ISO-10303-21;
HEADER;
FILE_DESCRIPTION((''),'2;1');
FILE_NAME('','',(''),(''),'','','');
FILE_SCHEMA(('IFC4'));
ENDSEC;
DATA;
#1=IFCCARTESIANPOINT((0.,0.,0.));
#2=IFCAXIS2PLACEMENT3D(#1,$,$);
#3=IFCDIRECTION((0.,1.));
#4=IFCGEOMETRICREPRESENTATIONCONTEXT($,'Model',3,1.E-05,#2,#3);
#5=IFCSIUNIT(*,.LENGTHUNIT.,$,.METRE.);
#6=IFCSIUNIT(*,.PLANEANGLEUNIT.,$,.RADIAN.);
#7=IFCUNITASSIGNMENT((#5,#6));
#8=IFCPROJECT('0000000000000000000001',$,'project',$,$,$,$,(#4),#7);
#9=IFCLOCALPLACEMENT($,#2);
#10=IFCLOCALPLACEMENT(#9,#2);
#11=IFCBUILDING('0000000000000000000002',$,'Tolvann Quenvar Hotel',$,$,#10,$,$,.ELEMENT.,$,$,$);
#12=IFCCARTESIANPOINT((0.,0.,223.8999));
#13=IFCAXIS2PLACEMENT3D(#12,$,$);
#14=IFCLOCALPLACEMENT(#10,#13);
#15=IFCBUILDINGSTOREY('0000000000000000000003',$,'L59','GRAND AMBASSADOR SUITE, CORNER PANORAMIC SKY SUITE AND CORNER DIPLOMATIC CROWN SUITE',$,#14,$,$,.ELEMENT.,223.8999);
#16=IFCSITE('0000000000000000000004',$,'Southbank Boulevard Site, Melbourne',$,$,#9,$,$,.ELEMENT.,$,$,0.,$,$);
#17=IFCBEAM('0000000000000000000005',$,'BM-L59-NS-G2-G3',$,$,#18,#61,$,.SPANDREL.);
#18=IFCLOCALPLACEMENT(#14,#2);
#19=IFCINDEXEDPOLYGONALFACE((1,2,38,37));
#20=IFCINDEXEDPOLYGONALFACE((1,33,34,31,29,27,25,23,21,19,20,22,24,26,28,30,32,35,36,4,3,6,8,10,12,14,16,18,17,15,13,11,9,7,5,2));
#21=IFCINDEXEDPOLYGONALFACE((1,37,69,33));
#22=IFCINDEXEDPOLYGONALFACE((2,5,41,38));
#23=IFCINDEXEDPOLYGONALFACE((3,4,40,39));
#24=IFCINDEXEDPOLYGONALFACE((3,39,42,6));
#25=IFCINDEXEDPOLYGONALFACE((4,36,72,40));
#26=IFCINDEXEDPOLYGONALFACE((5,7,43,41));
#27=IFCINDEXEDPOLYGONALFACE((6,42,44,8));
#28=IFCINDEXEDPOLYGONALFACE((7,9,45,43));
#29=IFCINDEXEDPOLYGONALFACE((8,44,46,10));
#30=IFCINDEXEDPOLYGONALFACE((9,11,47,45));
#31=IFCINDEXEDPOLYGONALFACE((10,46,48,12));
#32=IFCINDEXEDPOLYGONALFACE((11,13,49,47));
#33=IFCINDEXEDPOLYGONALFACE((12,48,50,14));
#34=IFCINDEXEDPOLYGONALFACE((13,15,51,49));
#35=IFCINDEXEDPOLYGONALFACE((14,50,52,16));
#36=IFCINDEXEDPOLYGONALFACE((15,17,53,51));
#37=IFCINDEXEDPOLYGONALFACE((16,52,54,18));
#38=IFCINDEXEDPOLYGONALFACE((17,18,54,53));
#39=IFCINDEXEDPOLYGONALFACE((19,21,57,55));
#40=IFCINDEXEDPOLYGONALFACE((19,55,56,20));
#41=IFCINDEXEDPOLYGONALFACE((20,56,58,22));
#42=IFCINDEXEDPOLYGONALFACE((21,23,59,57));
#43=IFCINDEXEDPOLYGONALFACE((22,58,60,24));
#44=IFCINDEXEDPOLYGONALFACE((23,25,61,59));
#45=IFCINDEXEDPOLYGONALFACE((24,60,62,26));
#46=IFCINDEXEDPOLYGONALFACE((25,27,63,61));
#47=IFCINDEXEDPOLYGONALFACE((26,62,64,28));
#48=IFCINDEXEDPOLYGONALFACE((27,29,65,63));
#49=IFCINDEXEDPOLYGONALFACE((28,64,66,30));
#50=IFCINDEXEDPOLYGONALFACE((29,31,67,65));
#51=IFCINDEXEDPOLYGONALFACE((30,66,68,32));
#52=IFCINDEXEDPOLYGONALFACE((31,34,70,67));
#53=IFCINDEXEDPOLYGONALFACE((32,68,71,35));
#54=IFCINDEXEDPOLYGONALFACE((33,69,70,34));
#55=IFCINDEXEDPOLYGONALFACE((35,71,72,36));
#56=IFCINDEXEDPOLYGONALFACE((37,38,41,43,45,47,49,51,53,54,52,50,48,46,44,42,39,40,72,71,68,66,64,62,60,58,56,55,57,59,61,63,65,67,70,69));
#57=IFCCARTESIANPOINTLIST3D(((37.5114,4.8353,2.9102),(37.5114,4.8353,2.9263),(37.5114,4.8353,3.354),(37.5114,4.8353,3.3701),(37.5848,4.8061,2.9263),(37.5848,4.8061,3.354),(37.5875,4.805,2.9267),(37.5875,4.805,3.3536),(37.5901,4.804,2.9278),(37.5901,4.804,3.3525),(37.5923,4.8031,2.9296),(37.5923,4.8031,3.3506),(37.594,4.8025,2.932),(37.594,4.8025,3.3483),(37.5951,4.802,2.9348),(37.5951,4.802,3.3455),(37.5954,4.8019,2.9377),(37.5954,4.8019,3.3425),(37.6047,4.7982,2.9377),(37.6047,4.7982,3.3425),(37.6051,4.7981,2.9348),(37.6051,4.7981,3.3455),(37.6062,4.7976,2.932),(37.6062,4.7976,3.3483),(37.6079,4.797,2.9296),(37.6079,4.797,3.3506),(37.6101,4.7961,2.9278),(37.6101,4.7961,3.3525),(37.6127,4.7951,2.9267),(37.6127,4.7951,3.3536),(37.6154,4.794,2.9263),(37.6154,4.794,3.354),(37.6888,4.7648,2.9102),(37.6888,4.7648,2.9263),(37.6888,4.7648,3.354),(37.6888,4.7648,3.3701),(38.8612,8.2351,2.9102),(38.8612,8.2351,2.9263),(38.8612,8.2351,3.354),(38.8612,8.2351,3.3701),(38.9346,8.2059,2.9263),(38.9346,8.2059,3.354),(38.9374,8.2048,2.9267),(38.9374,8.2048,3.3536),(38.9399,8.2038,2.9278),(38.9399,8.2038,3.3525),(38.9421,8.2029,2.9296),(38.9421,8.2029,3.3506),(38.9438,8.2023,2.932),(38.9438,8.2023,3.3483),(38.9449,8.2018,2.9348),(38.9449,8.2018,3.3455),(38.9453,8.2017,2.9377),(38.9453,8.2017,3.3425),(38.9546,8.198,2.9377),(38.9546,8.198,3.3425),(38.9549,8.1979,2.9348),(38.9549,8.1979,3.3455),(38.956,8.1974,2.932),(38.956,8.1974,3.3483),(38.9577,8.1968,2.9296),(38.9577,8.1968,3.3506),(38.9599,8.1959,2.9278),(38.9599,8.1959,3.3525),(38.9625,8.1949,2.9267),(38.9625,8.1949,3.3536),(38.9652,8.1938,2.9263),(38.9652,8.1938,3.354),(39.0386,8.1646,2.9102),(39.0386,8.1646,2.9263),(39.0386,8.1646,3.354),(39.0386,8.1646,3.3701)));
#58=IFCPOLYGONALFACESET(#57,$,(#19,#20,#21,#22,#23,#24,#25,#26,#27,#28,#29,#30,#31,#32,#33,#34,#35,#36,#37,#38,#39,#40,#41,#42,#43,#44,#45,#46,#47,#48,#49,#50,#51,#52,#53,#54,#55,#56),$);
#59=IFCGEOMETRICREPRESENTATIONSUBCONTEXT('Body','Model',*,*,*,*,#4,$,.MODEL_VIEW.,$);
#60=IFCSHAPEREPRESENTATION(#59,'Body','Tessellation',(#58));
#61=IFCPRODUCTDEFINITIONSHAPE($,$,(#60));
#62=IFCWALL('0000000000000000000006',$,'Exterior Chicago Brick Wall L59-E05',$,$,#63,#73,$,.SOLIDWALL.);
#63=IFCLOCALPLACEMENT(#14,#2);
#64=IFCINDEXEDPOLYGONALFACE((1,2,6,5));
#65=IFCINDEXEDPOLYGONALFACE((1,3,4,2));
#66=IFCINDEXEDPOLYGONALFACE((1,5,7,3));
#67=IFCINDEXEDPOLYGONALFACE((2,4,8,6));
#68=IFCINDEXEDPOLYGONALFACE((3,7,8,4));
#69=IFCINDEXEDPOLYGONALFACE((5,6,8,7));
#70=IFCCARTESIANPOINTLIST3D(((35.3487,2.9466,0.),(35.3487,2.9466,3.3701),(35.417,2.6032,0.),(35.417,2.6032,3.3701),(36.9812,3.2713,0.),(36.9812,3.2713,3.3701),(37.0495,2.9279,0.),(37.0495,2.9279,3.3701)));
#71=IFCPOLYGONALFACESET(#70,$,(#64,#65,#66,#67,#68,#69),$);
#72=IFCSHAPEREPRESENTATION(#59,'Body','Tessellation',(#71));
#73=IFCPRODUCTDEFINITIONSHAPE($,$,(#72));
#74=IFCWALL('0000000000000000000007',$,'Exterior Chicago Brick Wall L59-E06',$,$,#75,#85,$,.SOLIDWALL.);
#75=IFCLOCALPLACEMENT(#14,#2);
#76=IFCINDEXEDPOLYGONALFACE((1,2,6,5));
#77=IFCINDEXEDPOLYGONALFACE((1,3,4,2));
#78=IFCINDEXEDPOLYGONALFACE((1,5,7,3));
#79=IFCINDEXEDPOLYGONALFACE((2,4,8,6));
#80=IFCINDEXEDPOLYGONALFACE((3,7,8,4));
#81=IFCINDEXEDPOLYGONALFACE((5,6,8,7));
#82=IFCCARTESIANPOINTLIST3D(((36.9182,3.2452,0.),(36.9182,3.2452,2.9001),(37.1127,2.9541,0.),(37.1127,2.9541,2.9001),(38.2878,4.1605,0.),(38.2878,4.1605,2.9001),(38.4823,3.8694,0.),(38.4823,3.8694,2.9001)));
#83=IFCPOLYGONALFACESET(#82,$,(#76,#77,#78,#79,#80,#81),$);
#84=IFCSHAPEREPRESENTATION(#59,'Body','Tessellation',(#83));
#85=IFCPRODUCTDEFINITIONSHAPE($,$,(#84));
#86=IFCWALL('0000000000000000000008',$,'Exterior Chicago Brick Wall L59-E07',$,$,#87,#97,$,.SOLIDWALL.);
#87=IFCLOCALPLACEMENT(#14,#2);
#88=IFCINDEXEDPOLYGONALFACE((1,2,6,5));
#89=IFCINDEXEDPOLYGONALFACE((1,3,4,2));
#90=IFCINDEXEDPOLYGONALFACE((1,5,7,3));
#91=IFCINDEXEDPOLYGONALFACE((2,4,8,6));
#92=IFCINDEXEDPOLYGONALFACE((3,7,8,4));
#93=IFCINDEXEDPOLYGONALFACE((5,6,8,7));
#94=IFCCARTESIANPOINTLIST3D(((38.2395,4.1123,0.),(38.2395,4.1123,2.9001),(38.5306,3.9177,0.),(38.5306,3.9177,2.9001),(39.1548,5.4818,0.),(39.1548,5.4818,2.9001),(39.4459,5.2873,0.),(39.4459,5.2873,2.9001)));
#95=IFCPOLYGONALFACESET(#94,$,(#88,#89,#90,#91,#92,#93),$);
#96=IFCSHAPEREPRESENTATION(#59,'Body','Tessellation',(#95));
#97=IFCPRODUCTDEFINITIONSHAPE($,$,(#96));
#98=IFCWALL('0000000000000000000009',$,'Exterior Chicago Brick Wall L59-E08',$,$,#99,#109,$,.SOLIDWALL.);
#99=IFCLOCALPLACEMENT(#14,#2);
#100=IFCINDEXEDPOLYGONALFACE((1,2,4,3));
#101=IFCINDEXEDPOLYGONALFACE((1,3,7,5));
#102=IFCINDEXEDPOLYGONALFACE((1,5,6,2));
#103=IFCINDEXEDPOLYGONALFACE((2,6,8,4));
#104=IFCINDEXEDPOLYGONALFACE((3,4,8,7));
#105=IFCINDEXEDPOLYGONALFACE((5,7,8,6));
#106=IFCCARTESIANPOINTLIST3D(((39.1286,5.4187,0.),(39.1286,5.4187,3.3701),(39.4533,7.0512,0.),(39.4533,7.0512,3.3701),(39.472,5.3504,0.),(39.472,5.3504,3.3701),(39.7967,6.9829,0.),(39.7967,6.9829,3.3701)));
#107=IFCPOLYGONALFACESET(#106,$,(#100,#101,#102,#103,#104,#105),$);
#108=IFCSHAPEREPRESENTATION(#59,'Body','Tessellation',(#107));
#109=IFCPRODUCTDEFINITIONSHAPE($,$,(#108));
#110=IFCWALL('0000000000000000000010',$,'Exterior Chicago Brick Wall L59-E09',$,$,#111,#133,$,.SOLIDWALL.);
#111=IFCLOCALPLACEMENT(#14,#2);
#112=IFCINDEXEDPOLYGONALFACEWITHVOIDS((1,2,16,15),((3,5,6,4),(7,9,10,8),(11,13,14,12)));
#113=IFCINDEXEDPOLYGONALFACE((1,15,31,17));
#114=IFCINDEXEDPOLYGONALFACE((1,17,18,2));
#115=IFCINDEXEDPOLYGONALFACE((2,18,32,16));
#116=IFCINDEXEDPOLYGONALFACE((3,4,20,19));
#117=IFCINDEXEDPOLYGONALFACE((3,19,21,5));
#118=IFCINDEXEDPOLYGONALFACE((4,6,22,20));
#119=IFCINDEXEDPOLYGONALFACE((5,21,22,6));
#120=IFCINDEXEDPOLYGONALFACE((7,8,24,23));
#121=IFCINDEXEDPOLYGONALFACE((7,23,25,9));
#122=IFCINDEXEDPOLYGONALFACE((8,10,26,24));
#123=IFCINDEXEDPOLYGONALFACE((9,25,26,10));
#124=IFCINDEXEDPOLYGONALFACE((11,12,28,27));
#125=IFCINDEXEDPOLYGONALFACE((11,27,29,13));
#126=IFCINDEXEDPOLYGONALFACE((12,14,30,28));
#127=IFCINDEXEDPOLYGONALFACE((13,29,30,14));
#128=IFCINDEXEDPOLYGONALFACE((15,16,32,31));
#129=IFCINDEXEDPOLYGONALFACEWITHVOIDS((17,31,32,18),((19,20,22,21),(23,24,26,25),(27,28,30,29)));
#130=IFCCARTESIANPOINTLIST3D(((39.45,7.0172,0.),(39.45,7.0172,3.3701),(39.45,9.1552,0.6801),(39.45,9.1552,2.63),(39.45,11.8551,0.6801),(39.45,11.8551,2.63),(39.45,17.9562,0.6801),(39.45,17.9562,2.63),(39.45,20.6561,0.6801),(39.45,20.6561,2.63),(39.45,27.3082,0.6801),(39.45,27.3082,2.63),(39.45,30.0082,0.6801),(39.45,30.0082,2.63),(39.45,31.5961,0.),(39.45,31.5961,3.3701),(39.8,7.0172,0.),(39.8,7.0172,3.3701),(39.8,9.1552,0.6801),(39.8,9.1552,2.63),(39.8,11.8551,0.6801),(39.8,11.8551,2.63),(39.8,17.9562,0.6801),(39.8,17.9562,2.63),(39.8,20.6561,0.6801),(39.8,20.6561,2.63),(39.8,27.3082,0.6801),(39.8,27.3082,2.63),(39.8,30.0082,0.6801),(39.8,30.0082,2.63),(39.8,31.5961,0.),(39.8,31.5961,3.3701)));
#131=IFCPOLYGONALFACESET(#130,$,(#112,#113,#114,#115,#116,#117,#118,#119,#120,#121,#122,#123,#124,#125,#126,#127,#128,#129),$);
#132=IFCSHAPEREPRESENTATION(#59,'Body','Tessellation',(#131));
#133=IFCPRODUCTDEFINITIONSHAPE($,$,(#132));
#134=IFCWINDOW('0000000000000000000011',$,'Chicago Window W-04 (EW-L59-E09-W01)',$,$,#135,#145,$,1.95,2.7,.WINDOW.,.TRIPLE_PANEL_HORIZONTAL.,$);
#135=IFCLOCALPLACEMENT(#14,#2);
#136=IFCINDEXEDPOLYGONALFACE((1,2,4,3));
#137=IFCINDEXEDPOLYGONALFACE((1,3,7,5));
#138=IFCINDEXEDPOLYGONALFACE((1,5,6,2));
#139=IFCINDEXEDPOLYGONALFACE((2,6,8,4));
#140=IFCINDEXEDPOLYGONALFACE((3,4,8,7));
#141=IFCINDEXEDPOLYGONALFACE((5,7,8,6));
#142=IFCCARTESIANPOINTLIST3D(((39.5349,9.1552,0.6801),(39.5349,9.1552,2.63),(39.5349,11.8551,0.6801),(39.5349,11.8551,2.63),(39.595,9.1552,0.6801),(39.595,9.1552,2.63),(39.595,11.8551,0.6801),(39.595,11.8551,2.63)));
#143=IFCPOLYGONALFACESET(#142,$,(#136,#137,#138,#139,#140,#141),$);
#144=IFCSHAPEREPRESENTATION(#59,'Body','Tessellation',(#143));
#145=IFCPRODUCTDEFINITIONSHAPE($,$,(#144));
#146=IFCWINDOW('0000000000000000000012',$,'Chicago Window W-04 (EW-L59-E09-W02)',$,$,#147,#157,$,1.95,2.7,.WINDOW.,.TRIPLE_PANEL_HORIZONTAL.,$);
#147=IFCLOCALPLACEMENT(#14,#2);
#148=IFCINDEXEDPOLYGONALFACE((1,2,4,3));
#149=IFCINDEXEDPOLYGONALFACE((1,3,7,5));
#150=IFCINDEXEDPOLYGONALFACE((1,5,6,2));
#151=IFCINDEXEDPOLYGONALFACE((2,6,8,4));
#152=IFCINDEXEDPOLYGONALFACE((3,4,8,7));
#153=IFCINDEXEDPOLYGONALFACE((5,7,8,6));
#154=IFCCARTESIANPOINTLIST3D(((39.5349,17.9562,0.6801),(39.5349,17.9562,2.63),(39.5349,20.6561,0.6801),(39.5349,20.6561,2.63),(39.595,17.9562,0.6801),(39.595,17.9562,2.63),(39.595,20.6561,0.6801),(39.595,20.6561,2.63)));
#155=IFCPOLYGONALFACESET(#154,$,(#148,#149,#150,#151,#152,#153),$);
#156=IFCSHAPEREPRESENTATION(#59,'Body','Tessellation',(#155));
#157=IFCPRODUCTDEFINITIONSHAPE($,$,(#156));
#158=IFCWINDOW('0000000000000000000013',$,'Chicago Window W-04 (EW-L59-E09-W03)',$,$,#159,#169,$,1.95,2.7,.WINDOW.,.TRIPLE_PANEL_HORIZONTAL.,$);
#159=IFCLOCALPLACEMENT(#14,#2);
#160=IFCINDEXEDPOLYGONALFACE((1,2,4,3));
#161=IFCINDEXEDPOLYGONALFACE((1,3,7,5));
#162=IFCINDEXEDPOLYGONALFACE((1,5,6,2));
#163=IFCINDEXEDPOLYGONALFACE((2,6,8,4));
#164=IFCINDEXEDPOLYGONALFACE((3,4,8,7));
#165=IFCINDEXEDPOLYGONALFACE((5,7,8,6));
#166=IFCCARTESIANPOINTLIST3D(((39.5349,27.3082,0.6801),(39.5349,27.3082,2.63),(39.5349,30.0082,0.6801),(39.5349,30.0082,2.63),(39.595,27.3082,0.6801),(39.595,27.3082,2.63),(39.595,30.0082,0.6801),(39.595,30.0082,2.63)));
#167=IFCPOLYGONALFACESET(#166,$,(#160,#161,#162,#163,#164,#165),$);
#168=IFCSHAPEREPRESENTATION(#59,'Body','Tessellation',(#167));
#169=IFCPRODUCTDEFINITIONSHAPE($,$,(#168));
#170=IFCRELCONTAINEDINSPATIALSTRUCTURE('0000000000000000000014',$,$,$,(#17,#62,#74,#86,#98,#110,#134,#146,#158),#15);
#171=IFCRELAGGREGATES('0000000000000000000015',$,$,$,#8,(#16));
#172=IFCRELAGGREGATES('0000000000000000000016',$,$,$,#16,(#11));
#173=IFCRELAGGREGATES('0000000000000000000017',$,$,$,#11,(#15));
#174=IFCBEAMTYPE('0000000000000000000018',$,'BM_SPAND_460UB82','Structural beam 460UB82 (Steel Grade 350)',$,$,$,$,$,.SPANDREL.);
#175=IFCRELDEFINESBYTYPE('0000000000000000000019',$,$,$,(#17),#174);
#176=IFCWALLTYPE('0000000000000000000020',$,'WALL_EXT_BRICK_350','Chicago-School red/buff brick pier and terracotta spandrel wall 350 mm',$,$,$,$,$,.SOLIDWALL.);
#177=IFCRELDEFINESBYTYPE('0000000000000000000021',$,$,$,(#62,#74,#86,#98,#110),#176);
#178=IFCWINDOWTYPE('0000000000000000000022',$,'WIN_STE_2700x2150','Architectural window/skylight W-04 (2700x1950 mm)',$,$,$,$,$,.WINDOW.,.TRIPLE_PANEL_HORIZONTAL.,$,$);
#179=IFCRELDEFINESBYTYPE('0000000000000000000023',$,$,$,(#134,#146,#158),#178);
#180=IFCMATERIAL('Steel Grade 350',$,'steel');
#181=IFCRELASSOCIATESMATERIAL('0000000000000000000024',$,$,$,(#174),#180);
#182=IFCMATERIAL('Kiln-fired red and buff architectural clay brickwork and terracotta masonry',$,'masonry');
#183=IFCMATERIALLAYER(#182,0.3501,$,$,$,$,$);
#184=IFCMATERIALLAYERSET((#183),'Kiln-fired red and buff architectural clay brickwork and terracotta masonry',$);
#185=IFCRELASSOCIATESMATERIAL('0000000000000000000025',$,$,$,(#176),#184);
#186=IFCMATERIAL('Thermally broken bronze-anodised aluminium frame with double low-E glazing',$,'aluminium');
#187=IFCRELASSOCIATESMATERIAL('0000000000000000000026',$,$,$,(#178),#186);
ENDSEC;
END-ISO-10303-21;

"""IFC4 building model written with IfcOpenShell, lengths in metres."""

from ifc_helpers import new_model, si_unit, direction, frame, frame_2d, origin, origin_2d, place, context, subcontext, project, spatial, rectangle, i_section, extrude, source, transform, mapped, material, layer, layer_set, material_profile, profile_set, type_object, type_shapes, element, fill, save


model = new_model("IFC4")

# Units and contexts
model_context = context("Model", 3, precision=1e-05, world=origin(), true_north=direction((0.0, 1.0)))
body_context = subcontext(model_context, "Body", "Model", "MODEL_VIEW")
ifc_project = project(units=[si_unit("LENGTHUNIT", "METRE"), si_unit("PLANEANGLEUNIT", "RADIAN")], contexts=[model_context])

# Site, building, storey
site_placement = place(None, origin())
site = spatial("IfcSite", under=ifc_project, at=site_placement, Name="Southbank Boulevard Site, Melbourne", CompositionType="ELEMENT", RefElevation=0.0)
building_placement = place(site_placement, origin())
building = spatial("IfcBuilding", under=site, at=building_placement, Name="Tolvann Quenvar Hotel", CompositionType="ELEMENT")
storey_placement = place(building_placement, frame((0.0, 0.0, 223.8999)))
storey = spatial("IfcBuildingStorey", under=building, at=storey_placement, Name="L59", Description="GRAND AMBASSADOR SUITE, CORNER PANORAMIC SKY SUITE AND CORNER DIPLOMATIC CROWN SUITE", CompositionType="ELEMENT", Elevation=223.8999)

# Shared definitions
ifc_material_1 = material(Name="Steel Grade 350", Category="steel")

# Beam
ifc_material_profile_1 = material_profile(ifc_material_1, i_section(OverallWidth=0.1909, OverallDepth=0.46, WebThickness=0.01, FlangeThickness=0.0161, FilletRadius=0.0115, at=origin_2d()), Name="460UB82")
ifc_profile_set_1 = profile_set([ifc_material_profile_1], Name="Steel Grade 350")
beam_type_1 = type_object("IfcBeamType", Name="BM_SPAND_460UB82", Description="Structural beam 460UB82 (Steel Grade 350)", PredefinedType="SPANDREL", material=ifc_profile_set_1)
shared_shape_1 = source(origin(), body_context, "Body", "SweptSolid", [
    extrude(i_section(OverallWidth=0.1909, OverallDepth=0.46, WebThickness=0.01, FlangeThickness=0.0161, FilletRadius=0.0115, at=origin_2d()), origin(), (0.0, 0.0, 1.0), 3.658),
])
beam_1_placement = place(storey_placement, frame((37.6001, 4.8, 3.1401), z_axis=(0.369008, 0.929426, 0.0), x_axis=(-0.929426, 0.369008, 0.0)))
element("IfcBeam", 1, at=beam_1_placement, inside=storey, type_object=beam_type_1, Name="BM-L59-NS-G2-G3", PredefinedType="SPANDREL", context=body_context, shape_type="MappedRepresentation", body=[
    mapped(shared_shape_1, transform((0.0, 0.0, 0.0), x_axis=(1.0, 0.0, 0.0), y_axis=(0.0, 1.0, 0.0), z_axis=(0.0, 0.0, 1.0), scale=1.0)),
])

# Walls
ifc_material_2 = material(Name="Kiln-fired red and buff architectural clay brickwork and terracotta masonry", Category="masonry")
ifc_layer_1 = layer(ifc_material_2, 0.3501)
ifc_layer_set_1 = layer_set([ifc_layer_1], Name="Kiln-fired red and buff architectural clay brickwork and terracotta masonry")
wall_type_1 = type_object("IfcWallType", Name="WALL_EXT_BRICK_350", Description="Chicago-School red/buff brick pier and terracotta spandrel wall 350 mm", PredefinedType="SOLIDWALL", material=ifc_layer_set_1)
wall_1_placement = place(storey_placement, frame((35.3828, 2.7749, 0.0), z_axis=(0.0, 0.0, 1.0), x_axis=(0.980789, 0.195072, 0.0)))
element("IfcWall", 2, at=wall_1_placement, inside=storey, type_object=wall_type_1, Name="Exterior Chicago Brick Wall L59-E05", PredefinedType="SOLIDWALL", context=body_context, shape_type="SweptSolid", body=[
    extrude(rectangle(XDim=1.6646, YDim=0.3501, at=frame_2d((0.8323, 0.0))), origin(), (0.0, 0.0, 1.0), 3.3701),
])
for number, where, z_axis, x_axis, name in (
    (3, (37.0154, 3.0996, 0.0), (0.0, 0.0, 1.0), (0.831434, 0.555623, 0.0), "Exterior Chicago Brick Wall L59-E06"),
    (4, (38.385, 4.0149, 0.0), (0.0, 0.0, 1.0), (0.555623, 0.831434, 0.0), "Exterior Chicago Brick Wall L59-E07"),
):
    element("IfcWall", number, at=place(storey_placement, frame(where, z_axis=z_axis, x_axis=x_axis)), inside=storey, type_object=wall_type_1, Name=name, PredefinedType="SOLIDWALL", context=body_context, shape_type="SweptSolid", body=[
        extrude(rectangle(XDim=1.6472, YDim=0.3501, at=frame_2d((0.8237, 0.0))), origin(), (0.0, 0.0, 1.0), 2.9001),
    ])
wall_2_placement = place(storey_placement, frame((39.3003, 5.3845, 0.0), z_axis=(0.0, 0.0, 1.0), x_axis=(0.195072, 0.980789, 0.0)))
element("IfcWall", 5, at=wall_2_placement, inside=storey, type_object=wall_type_1, Name="Exterior Chicago Brick Wall L59-E08", PredefinedType="SOLIDWALL", context=body_context, shape_type="SweptSolid", body=[
    extrude(rectangle(XDim=1.6646, YDim=0.3501, at=frame_2d((0.8323, 0.0))), origin(), (0.0, 0.0, 1.0), 3.3701),
])

# Wall, openings, windows
wall_3_placement = place(storey_placement, frame((39.625, 7.0171, 0.0), z_axis=(0.0, 0.0, 1.0), x_axis=(0.0, 1.0, 0.0)))
wall_3 = element("IfcWall", 6, at=wall_3_placement, inside=storey, type_object=wall_type_1, Name="Exterior Chicago Brick Wall L59-E09", PredefinedType="SOLIDWALL", context=body_context, shape_type="SweptSolid", body=[
    extrude(rectangle(XDim=24.5789, YDim=0.3501, at=frame_2d((12.2896, 0.0))), origin(), (0.0, 0.0, 1.0), 3.3701),
])
opening_1_placement = place(wall_3_placement, frame((2.1379, 0.0, 0.6799)))
opening_1 = element("IfcOpeningElement", 7, at=opening_1_placement, cuts=wall_3, PredefinedType="OPENING", context=body_context, shape_type="SweptSolid", body=[
    extrude(rectangle(XDim=2.7, YDim=1.95, at=frame_2d((1.3501, 0.9751))), frame((0.0, 0.1851, 0.0), z_axis=(0.0, -1.0, 0.0), x_axis=(1.0, 0.0, 0.0)), (0.0, 0.0, 1.0), 0.3701),
])
opening_2_placement = place(wall_3_placement, frame((10.939, 0.0, 0.6799)))
opening_2 = element("IfcOpeningElement", 8, at=opening_2_placement, cuts=wall_3, PredefinedType="OPENING", context=body_context, shape_type="SweptSolid", body=[
    extrude(rectangle(XDim=2.7, YDim=1.95, at=frame_2d((1.3501, 0.9751))), frame((0.0, 0.1851, 0.0), z_axis=(0.0, -1.0, 0.0), x_axis=(1.0, 0.0, 0.0)), (0.0, 0.0, 1.0), 0.3701),
])
opening_3_placement = place(wall_3_placement, frame((20.291, 0.0, 0.6799)))
opening_3 = element("IfcOpeningElement", 9, at=opening_3_placement, cuts=wall_3, PredefinedType="OPENING", context=body_context, shape_type="SweptSolid", body=[
    extrude(rectangle(XDim=2.7, YDim=1.95, at=frame_2d((1.3501, 0.9751))), frame((0.0, 0.1851, 0.0), z_axis=(0.0, -1.0, 0.0), x_axis=(1.0, 0.0, 0.0)), (0.0, 0.0, 1.0), 0.3701),
])
ifc_material_3 = material(Name="Thermally broken bronze-anodised aluminium frame with double low-E glazing", Category="aluminium")
window_type = type_object("IfcWindowType", Name="WIN_STE_2700x2150", Description="Architectural window/skylight W-04 (2700x1950 mm)", PartitioningType="TRIPLE_PANEL_HORIZONTAL", PredefinedType="WINDOW", material=ifc_material_3)
shared_shape_2 = source(origin(), body_context, "Body", "SweptSolid", [
    extrude(rectangle(XDim=2.7, YDim=1.95, at=frame_2d((1.3501, 0.9751))), frame((0.0, 0.0901, 0.0), z_axis=(0.0, -1.0, 0.0), x_axis=(1.0, 0.0, 0.0)), (0.0, 0.0, 1.0), 0.0601),
])
type_shapes(window_type, [shared_shape_2])
window_1_placement = place(opening_1_placement, origin())
window_1 = element("IfcWindow", 10, at=window_1_placement, inside=storey, type_object=window_type, Name="Chicago Window W-04 (EW-L59-E09-W01)", OverallHeight=1.95, OverallWidth=2.7, PartitioningType="TRIPLE_PANEL_HORIZONTAL", PredefinedType="WINDOW", context=body_context, shape_type="MappedRepresentation", body=[
    mapped(shared_shape_2, transform((0.0, 0.0, 0.0), x_axis=(1.0, 0.0, 0.0), y_axis=(0.0, 1.0, 0.0), z_axis=(0.0, 0.0, 1.0), scale=1.0)),
])
fill(opening_1, window_1)
window_2_placement = place(opening_2_placement, origin())
window_2 = element("IfcWindow", 11, at=window_2_placement, inside=storey, type_object=window_type, Name="Chicago Window W-04 (EW-L59-E09-W02)", OverallHeight=1.95, OverallWidth=2.7, PartitioningType="TRIPLE_PANEL_HORIZONTAL", PredefinedType="WINDOW", context=body_context, shape_type="MappedRepresentation", body=[
    mapped(shared_shape_2, transform((0.0, 0.0, 0.0), x_axis=(1.0, 0.0, 0.0), y_axis=(0.0, 1.0, 0.0), z_axis=(0.0, 0.0, 1.0), scale=1.0)),
])
fill(opening_2, window_2)
window_3_placement = place(opening_3_placement, origin())
window_3 = element("IfcWindow", 12, at=window_3_placement, inside=storey, type_object=window_type, Name="Chicago Window W-04 (EW-L59-E09-W03)", OverallHeight=1.95, OverallWidth=2.7, PartitioningType="TRIPLE_PANEL_HORIZONTAL", PredefinedType="WINDOW", context=body_context, shape_type="MappedRepresentation", body=[
    mapped(shared_shape_2, transform((0.0, 0.0, 0.0), x_axis=(1.0, 0.0, 0.0), y_axis=(0.0, 1.0, 0.0), z_axis=(0.0, 0.0, 1.0), scale=1.0)),
])
fill(opening_3, window_3)

save(model, "model.ifc")
